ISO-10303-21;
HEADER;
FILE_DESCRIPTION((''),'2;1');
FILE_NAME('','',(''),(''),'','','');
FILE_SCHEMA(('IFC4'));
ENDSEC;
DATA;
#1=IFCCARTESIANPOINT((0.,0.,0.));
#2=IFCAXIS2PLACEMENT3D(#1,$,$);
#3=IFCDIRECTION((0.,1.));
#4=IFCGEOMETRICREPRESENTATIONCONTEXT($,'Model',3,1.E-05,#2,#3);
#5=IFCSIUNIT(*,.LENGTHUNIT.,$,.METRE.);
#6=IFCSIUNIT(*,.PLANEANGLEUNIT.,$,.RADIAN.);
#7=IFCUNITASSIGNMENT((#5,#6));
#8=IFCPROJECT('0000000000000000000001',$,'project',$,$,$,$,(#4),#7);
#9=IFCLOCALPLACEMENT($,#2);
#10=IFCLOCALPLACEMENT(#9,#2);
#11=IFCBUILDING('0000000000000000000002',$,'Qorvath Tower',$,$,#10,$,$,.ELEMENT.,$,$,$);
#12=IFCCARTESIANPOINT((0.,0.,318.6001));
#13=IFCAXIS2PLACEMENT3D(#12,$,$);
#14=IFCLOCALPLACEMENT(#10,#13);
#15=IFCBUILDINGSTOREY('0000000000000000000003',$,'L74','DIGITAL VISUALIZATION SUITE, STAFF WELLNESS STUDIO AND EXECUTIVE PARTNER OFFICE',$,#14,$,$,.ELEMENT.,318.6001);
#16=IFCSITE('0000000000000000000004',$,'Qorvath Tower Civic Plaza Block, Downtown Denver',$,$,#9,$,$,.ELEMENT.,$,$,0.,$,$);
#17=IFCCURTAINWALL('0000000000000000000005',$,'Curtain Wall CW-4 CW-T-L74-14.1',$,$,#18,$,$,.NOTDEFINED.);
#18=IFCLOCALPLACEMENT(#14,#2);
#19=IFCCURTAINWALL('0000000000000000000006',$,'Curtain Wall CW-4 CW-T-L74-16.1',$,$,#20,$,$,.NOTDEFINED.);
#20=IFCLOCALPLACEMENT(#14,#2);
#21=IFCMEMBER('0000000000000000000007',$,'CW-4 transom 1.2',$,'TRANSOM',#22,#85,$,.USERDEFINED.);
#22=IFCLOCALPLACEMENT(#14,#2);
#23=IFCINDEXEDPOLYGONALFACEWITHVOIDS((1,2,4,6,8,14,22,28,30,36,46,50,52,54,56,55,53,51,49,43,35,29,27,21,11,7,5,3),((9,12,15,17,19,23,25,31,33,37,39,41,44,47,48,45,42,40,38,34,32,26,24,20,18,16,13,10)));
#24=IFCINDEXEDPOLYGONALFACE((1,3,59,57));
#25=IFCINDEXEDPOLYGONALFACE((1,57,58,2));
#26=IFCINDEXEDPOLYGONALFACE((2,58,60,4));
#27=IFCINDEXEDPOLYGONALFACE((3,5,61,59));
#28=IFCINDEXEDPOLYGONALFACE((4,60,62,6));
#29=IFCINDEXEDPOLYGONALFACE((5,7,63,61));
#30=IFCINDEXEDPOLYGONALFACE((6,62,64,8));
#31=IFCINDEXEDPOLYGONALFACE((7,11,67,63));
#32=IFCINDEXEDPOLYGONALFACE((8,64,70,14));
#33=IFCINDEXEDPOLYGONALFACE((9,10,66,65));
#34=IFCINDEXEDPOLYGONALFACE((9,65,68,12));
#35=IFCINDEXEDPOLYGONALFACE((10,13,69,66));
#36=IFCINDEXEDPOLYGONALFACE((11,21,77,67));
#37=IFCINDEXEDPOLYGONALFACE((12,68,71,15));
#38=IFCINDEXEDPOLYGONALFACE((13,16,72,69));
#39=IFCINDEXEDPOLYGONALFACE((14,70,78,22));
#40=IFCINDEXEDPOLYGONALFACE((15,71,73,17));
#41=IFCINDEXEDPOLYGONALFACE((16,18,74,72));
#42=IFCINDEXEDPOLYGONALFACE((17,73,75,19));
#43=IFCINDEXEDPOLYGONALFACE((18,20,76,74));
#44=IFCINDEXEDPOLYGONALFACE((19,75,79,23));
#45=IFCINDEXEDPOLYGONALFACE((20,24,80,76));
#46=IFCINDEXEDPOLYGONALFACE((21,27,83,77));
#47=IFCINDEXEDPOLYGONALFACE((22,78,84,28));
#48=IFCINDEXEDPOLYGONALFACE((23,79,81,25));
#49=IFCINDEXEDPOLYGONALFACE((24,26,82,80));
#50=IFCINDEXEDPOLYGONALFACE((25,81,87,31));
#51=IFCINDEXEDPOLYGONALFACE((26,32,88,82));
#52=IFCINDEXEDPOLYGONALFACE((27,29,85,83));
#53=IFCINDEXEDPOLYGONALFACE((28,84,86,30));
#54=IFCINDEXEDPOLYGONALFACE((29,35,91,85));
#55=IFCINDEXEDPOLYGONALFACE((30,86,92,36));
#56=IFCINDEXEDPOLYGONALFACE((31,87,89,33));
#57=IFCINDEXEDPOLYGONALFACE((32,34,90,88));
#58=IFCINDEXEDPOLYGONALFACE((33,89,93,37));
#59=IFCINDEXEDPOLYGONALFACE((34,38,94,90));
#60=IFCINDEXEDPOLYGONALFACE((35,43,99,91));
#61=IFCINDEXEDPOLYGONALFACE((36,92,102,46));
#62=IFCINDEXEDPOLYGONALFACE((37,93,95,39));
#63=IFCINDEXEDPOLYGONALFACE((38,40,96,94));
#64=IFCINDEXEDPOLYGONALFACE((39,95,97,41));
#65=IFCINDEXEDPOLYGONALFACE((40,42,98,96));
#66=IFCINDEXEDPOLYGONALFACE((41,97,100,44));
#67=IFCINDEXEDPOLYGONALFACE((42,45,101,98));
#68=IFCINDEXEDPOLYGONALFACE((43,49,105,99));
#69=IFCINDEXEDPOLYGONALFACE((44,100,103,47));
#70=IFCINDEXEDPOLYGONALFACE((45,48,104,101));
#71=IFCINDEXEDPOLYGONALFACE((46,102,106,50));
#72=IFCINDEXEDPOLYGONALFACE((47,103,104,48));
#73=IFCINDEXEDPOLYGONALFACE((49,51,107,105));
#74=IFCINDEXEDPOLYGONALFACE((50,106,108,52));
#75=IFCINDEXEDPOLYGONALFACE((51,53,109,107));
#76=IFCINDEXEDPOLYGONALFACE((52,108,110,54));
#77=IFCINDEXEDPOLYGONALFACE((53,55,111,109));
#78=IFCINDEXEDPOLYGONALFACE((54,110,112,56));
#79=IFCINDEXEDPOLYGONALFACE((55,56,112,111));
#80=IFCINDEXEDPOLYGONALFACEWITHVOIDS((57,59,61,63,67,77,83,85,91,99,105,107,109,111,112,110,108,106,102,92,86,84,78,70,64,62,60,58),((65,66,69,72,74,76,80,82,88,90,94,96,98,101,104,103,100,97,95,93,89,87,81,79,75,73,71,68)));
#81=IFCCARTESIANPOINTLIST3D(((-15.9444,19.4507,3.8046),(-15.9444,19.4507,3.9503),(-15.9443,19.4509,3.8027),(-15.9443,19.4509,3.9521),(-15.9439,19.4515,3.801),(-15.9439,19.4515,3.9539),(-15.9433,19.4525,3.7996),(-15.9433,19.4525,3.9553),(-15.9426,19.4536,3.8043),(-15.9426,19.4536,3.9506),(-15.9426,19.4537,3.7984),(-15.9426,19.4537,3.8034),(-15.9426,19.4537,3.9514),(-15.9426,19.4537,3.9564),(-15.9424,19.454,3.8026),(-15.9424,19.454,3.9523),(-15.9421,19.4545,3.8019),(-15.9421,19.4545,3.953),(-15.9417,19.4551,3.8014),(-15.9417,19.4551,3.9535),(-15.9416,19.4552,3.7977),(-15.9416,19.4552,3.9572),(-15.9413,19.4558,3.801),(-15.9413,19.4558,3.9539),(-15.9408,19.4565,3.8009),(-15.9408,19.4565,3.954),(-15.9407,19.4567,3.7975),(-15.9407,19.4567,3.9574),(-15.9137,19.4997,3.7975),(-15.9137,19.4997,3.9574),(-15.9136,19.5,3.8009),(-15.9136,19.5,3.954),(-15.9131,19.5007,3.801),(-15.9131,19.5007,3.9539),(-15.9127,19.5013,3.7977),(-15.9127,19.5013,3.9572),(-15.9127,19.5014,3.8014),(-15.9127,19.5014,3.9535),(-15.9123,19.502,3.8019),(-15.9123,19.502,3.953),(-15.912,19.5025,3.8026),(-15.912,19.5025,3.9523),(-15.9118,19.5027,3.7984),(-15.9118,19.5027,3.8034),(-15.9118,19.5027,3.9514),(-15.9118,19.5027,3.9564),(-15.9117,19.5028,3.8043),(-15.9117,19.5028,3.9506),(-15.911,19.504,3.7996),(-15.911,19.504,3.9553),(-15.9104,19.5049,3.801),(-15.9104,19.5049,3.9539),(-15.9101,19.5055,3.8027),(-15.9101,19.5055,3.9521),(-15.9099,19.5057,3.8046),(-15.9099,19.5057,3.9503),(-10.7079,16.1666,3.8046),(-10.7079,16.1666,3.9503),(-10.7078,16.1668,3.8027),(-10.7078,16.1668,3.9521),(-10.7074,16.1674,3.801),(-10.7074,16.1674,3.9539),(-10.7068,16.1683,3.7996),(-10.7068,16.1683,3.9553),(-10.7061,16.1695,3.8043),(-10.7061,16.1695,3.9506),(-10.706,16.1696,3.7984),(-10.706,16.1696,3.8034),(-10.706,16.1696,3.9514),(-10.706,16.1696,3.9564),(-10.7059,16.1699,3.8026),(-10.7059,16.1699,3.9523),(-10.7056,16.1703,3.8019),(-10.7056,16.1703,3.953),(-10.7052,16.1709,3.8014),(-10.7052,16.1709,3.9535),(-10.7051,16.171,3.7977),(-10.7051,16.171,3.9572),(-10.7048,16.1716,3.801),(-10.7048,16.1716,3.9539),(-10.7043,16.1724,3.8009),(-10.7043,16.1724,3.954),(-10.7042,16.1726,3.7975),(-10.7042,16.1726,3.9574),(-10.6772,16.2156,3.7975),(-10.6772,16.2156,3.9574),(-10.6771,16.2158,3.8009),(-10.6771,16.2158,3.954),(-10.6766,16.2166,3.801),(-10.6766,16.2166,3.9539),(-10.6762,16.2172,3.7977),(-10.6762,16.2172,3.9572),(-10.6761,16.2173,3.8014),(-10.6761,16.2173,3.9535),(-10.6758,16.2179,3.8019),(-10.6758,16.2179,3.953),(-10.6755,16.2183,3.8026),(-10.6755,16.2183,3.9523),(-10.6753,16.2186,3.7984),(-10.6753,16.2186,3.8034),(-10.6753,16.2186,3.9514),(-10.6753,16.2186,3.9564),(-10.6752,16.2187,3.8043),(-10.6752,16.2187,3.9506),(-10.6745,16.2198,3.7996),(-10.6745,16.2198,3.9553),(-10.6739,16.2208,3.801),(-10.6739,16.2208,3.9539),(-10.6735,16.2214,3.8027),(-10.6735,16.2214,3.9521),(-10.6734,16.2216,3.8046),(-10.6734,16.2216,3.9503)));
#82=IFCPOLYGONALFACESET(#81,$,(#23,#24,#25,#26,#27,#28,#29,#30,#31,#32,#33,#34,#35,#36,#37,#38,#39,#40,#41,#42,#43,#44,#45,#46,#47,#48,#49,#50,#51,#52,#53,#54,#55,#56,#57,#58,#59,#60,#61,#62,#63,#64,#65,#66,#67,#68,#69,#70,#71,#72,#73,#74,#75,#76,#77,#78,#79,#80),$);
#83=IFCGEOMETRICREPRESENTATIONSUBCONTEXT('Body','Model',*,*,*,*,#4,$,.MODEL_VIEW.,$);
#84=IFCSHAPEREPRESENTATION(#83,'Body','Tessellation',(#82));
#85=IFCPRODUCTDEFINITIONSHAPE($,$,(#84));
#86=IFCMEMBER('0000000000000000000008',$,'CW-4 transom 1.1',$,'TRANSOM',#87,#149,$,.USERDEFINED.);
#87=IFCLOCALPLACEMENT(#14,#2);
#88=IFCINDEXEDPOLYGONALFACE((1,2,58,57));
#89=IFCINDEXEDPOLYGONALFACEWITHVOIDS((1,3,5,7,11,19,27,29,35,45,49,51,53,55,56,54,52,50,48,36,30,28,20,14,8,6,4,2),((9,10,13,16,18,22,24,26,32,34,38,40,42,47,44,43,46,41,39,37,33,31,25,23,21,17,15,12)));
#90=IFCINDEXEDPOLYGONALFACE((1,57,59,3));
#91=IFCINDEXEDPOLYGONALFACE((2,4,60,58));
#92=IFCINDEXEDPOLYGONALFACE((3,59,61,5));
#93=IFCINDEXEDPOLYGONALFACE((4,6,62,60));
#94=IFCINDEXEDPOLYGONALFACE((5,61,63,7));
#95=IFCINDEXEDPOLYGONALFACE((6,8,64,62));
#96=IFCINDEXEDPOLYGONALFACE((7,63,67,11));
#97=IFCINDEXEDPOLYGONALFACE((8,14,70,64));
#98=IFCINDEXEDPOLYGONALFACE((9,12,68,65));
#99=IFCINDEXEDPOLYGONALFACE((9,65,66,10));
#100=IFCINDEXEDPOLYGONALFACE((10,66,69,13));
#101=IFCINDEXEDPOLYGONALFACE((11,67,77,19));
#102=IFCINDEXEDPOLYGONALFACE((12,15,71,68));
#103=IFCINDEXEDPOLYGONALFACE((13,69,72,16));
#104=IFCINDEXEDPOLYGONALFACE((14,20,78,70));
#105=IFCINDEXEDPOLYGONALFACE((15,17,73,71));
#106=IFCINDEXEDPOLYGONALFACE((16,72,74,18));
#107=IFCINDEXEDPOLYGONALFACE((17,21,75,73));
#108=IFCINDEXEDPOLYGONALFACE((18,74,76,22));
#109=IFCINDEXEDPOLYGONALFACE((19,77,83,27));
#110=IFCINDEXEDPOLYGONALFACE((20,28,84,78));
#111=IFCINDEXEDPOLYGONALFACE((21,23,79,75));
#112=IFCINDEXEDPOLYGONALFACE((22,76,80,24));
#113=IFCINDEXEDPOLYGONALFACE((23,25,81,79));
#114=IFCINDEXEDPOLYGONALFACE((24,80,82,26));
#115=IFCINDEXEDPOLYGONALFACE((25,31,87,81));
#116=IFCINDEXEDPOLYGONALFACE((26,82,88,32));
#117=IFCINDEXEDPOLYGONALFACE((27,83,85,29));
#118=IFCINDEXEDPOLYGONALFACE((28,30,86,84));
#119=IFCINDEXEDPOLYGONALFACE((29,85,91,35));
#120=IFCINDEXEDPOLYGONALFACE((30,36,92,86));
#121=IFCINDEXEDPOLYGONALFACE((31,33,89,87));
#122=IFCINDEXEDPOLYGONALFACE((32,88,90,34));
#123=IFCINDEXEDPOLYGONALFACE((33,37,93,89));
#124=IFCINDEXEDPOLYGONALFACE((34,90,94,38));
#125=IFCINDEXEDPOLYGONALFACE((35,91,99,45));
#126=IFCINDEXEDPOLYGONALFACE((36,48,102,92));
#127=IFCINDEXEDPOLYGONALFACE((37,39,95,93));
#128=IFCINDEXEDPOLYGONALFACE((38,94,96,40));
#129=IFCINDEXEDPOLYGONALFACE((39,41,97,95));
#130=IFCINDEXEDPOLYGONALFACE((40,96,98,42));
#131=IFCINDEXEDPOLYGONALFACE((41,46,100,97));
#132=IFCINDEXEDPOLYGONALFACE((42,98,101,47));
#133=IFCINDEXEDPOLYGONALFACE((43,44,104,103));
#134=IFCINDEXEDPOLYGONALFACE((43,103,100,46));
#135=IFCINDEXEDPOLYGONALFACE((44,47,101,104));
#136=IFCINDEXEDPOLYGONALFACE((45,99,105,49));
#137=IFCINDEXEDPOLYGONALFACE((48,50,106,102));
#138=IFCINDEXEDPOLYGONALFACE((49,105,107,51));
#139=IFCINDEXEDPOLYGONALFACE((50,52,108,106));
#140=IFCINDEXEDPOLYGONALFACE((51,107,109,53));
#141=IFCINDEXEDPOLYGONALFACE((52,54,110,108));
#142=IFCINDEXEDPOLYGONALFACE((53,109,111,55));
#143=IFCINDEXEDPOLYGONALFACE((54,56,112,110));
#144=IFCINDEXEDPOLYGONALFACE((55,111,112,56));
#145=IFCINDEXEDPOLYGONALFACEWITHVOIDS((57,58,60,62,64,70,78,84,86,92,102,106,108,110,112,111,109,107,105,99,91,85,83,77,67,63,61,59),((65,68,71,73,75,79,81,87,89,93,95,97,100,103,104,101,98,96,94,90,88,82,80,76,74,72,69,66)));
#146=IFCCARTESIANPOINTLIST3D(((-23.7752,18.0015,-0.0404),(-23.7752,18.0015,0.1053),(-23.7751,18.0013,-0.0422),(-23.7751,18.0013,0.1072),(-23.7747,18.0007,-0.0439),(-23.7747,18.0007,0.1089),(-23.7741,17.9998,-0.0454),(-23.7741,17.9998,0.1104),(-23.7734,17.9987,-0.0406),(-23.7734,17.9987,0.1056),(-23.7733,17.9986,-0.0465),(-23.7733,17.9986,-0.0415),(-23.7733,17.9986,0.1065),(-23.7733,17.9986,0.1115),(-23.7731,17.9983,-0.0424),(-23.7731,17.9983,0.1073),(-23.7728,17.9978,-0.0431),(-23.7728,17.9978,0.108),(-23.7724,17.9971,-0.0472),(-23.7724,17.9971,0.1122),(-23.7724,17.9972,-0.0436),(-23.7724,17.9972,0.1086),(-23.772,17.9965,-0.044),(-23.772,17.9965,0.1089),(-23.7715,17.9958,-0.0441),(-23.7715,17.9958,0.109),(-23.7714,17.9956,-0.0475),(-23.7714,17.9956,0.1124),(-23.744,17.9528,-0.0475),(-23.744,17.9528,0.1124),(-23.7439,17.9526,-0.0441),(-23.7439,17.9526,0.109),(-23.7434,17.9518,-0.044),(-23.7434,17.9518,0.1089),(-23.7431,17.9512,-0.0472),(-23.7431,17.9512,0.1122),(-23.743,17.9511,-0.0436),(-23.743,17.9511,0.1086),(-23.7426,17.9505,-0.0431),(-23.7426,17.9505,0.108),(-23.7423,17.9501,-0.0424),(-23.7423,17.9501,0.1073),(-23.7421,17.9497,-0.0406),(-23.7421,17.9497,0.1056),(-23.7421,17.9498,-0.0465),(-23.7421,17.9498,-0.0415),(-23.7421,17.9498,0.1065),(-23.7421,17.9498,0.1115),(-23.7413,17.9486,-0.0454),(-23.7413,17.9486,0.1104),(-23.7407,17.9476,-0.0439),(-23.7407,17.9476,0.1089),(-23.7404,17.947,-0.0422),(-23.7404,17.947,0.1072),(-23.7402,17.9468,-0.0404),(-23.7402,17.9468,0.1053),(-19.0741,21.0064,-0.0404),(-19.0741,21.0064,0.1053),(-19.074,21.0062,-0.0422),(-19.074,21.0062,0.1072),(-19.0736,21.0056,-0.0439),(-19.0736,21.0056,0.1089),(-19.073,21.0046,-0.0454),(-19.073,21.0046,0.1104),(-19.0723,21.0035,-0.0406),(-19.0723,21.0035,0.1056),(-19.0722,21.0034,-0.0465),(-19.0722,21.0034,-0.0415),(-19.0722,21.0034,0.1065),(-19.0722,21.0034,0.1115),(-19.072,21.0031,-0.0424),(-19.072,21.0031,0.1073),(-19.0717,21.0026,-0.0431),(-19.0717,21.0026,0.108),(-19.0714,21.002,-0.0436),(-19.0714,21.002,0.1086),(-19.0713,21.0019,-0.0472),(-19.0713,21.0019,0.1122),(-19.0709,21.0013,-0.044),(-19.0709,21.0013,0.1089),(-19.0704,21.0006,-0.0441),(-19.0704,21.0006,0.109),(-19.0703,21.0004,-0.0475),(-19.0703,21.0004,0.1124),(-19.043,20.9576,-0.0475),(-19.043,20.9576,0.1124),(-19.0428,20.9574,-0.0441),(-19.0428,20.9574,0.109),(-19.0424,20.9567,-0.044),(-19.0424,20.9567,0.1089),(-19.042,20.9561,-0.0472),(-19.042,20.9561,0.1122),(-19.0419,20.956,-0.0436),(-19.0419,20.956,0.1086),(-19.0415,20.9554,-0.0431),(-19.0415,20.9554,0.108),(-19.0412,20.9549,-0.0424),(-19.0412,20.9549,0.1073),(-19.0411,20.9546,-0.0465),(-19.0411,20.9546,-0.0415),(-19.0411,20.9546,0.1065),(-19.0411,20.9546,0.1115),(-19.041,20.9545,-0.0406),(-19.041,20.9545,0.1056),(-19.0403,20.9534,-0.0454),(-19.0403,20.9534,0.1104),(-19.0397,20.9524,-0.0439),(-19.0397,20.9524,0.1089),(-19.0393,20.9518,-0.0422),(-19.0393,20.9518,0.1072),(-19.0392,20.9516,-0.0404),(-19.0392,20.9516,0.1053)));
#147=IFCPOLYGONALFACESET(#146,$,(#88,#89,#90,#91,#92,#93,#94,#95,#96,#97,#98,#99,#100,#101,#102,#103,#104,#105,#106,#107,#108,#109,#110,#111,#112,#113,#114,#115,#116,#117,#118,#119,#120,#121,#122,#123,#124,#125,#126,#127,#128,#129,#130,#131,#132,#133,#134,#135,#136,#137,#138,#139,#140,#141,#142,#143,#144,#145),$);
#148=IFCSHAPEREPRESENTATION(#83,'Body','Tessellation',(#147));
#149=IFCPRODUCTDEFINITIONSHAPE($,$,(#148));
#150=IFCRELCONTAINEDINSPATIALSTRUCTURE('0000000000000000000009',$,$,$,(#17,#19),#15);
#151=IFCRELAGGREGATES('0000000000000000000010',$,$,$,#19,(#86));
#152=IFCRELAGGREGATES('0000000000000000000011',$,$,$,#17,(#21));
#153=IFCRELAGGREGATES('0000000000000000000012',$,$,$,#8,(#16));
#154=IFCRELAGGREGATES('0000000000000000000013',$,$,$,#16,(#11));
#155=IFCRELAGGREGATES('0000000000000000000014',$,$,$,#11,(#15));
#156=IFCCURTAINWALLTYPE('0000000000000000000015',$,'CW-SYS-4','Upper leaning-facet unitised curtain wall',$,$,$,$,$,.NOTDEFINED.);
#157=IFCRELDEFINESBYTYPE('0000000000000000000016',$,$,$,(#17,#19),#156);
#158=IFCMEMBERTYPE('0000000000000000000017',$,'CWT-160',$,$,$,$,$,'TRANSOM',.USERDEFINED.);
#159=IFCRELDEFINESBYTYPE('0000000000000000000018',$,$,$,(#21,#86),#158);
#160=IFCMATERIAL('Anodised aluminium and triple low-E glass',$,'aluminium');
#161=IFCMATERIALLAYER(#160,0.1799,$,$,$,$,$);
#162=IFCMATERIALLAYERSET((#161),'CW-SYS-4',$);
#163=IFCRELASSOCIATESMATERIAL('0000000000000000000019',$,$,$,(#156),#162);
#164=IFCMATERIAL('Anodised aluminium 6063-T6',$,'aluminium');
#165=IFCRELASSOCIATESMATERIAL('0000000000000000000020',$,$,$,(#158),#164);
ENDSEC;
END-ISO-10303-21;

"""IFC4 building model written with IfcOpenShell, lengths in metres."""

from ifc_helpers import new_model, si_unit, direction, frame, origin, origin_2d, place, context, subcontext, project, spatial, hollow_rectangle, extrude, material, layer, layer_set, material_profile, profile_set, type_object, element, aggregate, save


model = new_model("IFC4")

# Units and contexts
model_context = context("Model", 3, precision=1e-05, world=origin(), true_north=direction((0.0, 1.0)))
body_context = subcontext(model_context, "Body", "Model", "MODEL_VIEW")
ifc_project = project(units=[si_unit("LENGTHUNIT", "METRE"), si_unit("PLANEANGLEUNIT", "RADIAN")], contexts=[model_context])

# Site, building, storey
site_placement = place(None, origin())
site = spatial("IfcSite", under=ifc_project, at=site_placement, Name="Qorvath Tower Civic Plaza Block, Downtown Denver", CompositionType="ELEMENT", RefElevation=0.0)
building_placement = place(site_placement, origin())
building = spatial("IfcBuilding", under=site, at=building_placement, Name="Qorvath Tower", CompositionType="ELEMENT")
storey_placement = place(building_placement, frame((0.0, 0.0, 318.6001)))
storey = spatial("IfcBuildingStorey", under=building, at=storey_placement, Name="L74", Description="DIGITAL VISUALIZATION SUITE, STAFF WELLNESS STUDIO AND EXECUTIVE PARTNER OFFICE", CompositionType="ELEMENT", Elevation=318.6001)

# Shared definitions
ifc_material_1 = material(Name="Anodised aluminium and triple low-E glass", Category="aluminium")
ifc_layer_1 = layer(ifc_material_1, 0.1799)
ifc_layer_set_1 = layer_set([ifc_layer_1], Name="CW-SYS-4")
curtain_wall_type = type_object("IfcCurtainWallType", Name="CW-SYS-4", Description="Upper leaning-facet unitised curtain wall", PredefinedType="NOTDEFINED", material=ifc_layer_set_1)

# Curtain wall
curtain_wall_1_placement = place(storey_placement, origin())
curtain_wall_1 = element("IfcCurtainWall", 1, at=curtain_wall_1_placement, inside=storey, type_object=curtain_wall_type, Name="Curtain Wall CW-4 CW-T-L74-14.1", PredefinedType="NOTDEFINED")

# Curtain wall
curtain_wall_2_placement = place(storey_placement, origin())
curtain_wall_2 = element("IfcCurtainWall", 2, at=curtain_wall_2_placement, inside=storey, type_object=curtain_wall_type, Name="Curtain Wall CW-4 CW-T-L74-16.1", PredefinedType="NOTDEFINED")

# Members
ifc_material_2 = material(Name="Anodised aluminium 6063-T6", Category="aluminium")
ifc_material_profile_1 = material_profile(ifc_material_2, hollow_rectangle(XDim=0.0649, YDim=0.1599, WallThickness=0.0034, InnerFilletRadius=0.0034, OuterFilletRadius=0.0071, at=origin_2d()), Name="CWT 160x65")
ifc_profile_set_1 = profile_set([ifc_material_profile_1], Name="Anodised aluminium 6063-T6")
member_type_1 = type_object("IfcMemberType", Name="CWT-160", ElementType="TRANSOM", PredefinedType="USERDEFINED", material=ifc_profile_set_1)
member_1_placement = place(storey_placement, frame((-10.6907, 16.1941, 3.8774), z_axis=(-0.847174, 0.531315, 0.0), x_axis=(-0.531315, -0.847174, 0.0)))
member_1 = element("IfcMember", 3, at=member_1_placement, type_object=member_type_1, Name="CW-4 transom 1.2", ObjectType="TRANSOM", PredefinedType="USERDEFINED", context=body_context, shape_type="SweptSolid", body=[
    extrude(hollow_rectangle(XDim=0.0649, YDim=0.1599, WallThickness=0.0034, InnerFilletRadius=0.0034, OuterFilletRadius=0.0071, at=origin_2d()), origin(), (0.0, 0.0, 1.0), 6.1812),
])
member_2_placement = place(storey_placement, frame((-19.0566, 20.979, 0.0325), z_axis=(-0.842586, -0.538562, 0.0), x_axis=(0.538562, -0.842586, 0.0)))
member_2 = element("IfcMember", 4, at=member_2_placement, type_object=member_type_1, Name="CW-4 transom 1.1", ObjectType="TRANSOM", PredefinedType="USERDEFINED", context=body_context, shape_type="SweptSolid", body=[
    extrude(hollow_rectangle(XDim=0.0649, YDim=0.1599, WallThickness=0.0034, InnerFilletRadius=0.0034, OuterFilletRadius=0.0071, at=origin_2d()), origin(), (0.0, 0.0, 1.0), 5.5793),
])
aggregate(curtain_wall_2, [member_2])

aggregate(curtain_wall_1, [member_1])

save(model, "model.ifc")
